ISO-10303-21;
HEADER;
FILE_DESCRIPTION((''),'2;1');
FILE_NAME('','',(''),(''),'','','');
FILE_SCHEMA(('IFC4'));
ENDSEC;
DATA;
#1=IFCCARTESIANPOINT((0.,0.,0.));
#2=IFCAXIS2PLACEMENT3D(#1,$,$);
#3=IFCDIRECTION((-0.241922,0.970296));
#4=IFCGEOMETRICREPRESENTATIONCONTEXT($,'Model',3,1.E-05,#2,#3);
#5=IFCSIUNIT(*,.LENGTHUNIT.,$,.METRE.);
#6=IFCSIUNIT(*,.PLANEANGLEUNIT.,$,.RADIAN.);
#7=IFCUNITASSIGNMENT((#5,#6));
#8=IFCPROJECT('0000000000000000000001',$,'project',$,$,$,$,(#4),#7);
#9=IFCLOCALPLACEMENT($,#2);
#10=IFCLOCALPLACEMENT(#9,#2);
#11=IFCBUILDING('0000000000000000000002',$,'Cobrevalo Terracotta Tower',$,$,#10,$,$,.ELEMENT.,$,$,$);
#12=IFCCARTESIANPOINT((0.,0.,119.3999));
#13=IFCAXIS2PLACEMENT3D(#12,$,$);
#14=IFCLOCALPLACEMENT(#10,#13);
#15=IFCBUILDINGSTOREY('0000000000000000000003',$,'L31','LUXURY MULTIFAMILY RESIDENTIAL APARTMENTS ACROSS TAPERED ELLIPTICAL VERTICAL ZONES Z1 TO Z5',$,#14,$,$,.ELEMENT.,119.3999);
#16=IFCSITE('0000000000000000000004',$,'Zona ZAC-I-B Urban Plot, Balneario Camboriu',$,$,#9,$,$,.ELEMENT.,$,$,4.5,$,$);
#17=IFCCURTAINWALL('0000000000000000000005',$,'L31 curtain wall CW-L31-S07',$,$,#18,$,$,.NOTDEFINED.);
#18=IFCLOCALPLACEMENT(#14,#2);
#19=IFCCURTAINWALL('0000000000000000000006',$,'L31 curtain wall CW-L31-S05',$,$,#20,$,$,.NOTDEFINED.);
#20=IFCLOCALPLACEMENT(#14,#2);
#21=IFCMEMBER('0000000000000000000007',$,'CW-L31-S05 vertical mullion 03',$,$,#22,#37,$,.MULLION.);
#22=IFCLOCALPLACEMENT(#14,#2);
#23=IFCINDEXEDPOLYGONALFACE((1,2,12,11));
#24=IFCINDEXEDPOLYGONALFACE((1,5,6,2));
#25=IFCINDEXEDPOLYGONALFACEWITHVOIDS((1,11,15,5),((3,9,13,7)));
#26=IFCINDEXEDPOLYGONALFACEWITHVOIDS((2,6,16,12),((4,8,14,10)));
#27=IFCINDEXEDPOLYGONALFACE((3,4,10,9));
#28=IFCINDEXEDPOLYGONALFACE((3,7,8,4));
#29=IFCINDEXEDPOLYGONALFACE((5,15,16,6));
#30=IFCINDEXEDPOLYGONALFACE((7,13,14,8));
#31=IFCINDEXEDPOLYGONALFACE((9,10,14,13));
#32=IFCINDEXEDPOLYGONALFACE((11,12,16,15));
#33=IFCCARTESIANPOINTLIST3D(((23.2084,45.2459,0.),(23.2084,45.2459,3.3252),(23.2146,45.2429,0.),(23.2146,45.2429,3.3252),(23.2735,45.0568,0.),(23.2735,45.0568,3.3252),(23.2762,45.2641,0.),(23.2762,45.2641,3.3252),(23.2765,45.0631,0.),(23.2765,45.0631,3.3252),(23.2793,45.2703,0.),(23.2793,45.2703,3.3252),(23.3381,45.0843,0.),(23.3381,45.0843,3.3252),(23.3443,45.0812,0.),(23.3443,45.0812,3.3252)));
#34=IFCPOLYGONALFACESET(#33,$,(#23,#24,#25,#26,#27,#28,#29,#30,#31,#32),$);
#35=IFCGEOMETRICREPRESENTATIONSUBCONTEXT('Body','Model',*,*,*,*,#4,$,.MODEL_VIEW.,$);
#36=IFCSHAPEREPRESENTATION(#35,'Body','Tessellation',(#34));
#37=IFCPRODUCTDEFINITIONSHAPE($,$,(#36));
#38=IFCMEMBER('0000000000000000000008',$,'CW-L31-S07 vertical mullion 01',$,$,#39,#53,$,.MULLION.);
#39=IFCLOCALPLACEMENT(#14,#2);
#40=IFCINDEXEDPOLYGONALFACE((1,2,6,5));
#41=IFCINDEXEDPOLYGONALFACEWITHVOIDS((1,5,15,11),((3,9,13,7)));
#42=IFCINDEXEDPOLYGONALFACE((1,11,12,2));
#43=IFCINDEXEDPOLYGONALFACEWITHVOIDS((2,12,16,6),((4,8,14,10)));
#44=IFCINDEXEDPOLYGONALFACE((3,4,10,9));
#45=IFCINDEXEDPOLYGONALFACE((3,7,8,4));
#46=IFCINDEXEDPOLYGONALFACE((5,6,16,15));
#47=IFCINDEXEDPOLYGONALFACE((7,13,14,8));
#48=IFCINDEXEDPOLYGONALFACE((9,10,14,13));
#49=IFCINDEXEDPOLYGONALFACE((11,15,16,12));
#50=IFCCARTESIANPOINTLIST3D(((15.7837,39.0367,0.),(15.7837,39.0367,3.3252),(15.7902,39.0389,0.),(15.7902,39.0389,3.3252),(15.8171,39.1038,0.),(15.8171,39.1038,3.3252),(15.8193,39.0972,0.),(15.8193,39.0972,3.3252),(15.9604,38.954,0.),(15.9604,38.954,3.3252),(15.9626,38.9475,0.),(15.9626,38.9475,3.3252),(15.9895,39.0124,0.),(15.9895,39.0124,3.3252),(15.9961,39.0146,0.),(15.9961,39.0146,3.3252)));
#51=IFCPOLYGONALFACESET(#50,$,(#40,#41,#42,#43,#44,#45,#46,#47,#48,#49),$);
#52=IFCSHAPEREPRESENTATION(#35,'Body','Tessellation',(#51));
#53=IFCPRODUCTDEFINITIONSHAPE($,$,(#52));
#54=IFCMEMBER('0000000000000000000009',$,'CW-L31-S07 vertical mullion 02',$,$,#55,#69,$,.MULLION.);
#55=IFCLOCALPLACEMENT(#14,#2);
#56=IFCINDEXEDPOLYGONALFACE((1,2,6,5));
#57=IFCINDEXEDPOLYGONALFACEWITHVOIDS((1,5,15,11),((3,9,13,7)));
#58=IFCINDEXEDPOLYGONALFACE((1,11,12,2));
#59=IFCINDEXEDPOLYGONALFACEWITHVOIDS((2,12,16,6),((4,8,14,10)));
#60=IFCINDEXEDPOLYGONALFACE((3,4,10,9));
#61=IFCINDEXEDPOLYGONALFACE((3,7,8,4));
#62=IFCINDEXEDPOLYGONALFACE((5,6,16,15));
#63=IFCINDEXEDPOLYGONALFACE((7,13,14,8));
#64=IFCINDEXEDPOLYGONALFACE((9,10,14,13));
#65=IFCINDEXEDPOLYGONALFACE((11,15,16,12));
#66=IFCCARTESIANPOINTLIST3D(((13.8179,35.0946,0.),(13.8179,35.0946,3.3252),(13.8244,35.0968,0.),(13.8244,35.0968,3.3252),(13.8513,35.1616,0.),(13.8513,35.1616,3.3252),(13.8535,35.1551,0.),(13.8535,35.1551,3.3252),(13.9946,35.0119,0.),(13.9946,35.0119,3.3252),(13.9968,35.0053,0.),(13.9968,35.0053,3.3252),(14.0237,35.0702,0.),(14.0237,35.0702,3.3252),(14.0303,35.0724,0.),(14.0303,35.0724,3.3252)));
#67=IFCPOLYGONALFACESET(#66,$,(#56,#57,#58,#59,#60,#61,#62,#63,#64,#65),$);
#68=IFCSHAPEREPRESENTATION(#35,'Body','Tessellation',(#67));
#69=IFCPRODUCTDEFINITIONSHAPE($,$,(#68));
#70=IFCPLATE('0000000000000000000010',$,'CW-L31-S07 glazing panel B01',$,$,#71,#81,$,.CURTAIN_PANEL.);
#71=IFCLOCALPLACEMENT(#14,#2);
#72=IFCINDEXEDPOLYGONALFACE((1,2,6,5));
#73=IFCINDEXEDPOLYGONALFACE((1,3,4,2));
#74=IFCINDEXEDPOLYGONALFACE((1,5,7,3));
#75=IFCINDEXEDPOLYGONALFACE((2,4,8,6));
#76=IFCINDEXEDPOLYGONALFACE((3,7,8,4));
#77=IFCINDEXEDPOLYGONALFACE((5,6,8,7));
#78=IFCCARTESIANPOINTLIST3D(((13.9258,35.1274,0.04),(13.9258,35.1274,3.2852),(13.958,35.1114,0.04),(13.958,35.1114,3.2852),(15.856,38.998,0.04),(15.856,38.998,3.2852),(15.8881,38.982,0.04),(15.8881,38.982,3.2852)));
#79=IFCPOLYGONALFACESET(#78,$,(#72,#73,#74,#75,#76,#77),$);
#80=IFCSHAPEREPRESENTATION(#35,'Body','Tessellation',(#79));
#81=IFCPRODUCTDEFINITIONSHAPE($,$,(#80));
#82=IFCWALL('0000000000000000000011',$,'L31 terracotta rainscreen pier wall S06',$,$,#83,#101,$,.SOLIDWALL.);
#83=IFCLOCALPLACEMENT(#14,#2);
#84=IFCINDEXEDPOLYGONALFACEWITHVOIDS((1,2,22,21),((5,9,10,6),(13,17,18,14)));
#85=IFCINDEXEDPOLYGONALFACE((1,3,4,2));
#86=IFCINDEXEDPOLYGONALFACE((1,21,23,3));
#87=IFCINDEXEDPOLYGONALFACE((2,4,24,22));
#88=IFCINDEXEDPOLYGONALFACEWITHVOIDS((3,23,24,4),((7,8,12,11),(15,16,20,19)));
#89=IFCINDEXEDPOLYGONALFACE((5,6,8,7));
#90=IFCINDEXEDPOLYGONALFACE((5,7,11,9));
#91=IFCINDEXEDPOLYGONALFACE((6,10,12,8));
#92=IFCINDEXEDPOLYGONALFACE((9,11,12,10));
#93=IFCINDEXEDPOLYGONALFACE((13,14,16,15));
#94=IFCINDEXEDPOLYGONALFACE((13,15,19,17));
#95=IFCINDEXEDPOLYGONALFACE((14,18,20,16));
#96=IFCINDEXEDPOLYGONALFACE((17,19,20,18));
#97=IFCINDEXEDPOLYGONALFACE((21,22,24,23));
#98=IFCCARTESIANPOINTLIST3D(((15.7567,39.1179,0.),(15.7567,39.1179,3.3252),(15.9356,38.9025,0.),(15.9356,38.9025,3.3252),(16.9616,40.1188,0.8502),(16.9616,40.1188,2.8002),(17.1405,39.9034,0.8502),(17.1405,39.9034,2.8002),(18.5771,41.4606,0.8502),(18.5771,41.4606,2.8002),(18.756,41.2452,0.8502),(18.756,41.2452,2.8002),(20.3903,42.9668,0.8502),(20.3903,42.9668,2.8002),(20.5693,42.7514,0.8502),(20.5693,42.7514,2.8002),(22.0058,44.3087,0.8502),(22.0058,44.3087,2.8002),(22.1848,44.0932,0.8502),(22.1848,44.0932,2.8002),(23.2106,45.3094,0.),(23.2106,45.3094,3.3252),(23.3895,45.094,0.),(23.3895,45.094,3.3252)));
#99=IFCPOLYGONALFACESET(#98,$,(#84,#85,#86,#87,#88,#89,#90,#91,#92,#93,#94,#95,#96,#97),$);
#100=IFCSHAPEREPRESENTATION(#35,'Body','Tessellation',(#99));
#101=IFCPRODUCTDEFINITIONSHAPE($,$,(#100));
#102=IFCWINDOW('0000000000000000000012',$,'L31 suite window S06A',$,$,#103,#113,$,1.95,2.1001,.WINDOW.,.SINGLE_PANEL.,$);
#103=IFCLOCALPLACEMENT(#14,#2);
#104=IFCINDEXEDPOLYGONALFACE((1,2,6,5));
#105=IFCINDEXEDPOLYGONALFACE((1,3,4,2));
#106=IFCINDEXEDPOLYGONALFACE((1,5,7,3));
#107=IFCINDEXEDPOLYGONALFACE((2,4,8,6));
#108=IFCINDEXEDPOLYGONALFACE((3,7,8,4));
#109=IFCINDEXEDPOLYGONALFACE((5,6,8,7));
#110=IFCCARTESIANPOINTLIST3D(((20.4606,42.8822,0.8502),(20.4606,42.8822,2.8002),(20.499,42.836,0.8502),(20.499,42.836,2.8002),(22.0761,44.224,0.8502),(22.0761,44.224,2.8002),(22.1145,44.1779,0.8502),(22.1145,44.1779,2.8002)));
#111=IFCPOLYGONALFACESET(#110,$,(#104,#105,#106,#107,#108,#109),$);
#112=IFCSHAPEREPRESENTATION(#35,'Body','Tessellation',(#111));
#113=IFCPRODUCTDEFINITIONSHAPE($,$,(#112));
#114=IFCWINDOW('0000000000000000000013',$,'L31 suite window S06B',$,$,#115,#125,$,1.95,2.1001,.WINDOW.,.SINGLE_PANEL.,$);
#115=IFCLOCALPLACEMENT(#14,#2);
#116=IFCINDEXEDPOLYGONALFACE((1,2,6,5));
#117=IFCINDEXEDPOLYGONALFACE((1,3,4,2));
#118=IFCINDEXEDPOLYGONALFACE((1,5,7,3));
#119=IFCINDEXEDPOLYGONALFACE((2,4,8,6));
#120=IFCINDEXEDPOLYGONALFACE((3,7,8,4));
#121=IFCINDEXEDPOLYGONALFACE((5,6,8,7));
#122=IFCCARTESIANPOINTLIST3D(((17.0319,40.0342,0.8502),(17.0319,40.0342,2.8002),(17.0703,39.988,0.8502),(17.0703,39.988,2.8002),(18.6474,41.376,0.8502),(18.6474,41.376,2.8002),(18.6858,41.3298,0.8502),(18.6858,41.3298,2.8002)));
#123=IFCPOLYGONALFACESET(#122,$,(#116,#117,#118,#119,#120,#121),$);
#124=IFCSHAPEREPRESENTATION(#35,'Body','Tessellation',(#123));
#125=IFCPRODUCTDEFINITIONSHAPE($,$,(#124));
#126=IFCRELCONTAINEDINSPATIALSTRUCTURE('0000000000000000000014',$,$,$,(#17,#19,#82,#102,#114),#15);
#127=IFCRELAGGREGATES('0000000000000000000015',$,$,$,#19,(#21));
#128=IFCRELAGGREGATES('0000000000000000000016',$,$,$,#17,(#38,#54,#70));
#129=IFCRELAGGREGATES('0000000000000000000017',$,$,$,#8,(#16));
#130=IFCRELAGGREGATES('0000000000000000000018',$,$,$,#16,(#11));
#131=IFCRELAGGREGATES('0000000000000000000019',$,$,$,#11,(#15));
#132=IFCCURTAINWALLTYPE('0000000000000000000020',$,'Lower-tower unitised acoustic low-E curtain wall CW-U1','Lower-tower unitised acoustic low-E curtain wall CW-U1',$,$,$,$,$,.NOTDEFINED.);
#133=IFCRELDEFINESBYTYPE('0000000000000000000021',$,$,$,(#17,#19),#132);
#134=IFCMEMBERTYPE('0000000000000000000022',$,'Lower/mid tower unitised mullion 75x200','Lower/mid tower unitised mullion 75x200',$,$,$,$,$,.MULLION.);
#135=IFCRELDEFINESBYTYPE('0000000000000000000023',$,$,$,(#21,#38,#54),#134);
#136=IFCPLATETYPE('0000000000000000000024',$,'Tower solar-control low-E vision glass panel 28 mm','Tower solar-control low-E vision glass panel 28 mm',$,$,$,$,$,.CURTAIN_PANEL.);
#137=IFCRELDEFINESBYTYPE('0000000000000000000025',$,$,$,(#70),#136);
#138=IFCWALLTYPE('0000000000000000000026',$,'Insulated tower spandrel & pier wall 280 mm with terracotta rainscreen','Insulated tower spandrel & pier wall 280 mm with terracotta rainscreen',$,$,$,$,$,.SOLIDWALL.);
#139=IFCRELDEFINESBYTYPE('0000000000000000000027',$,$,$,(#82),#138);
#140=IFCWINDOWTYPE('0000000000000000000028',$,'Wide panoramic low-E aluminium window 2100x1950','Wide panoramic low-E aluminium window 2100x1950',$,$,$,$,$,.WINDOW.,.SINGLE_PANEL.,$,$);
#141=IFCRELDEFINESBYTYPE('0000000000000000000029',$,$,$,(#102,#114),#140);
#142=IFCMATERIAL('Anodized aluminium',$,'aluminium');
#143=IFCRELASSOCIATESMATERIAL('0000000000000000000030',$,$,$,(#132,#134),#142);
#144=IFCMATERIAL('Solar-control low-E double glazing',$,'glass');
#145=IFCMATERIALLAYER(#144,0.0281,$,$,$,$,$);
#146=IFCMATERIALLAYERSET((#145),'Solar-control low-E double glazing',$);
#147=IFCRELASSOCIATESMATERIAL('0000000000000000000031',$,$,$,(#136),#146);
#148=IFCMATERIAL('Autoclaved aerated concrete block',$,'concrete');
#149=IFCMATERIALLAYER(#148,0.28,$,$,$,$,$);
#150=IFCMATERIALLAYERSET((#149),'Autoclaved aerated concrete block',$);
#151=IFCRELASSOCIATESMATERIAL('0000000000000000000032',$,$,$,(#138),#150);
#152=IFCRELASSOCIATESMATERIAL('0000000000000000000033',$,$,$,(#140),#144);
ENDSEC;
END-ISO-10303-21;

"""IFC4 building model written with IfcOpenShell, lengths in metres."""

from ifc_helpers import new_model, si_unit, direction, frame, frame_2d, origin, origin_2d, place, context, subcontext, project, spatial, rectangle, hollow_rectangle, extrude, source, transform, mapped, material, layer, layer_set, material_profile, profile_set, type_object, element, fill, aggregate, save


model = new_model("IFC4")

# Units and contexts
model_context = context("Model", 3, precision=1e-05, world=origin(), true_north=direction((-0.241922, 0.970296)))
body_context = subcontext(model_context, "Body", "Model", "MODEL_VIEW")
ifc_project = project(units=[si_unit("LENGTHUNIT", "METRE"), si_unit("PLANEANGLEUNIT", "RADIAN")], contexts=[model_context])

# Site, building, storey
site_placement = place(None, origin())
site = spatial("IfcSite", under=ifc_project, at=site_placement, Name="Zona ZAC-I-B Urban Plot, Balneario Camboriu", CompositionType="ELEMENT", RefElevation=4.5)
building_placement = place(site_placement, origin())
building = spatial("IfcBuilding", under=site, at=building_placement, Name="Cobrevalo Terracotta Tower", CompositionType="ELEMENT")
storey_placement = place(building_placement, frame((0.0, 0.0, 119.3999)))
storey = spatial("IfcBuildingStorey", under=building, at=storey_placement, Name="L31", Description="LUXURY MULTIFAMILY RESIDENTIAL APARTMENTS ACROSS TAPERED ELLIPTICAL VERTICAL ZONES Z1 TO Z5", CompositionType="ELEMENT", Elevation=119.3999)

# Curtain wall
ifc_material_1 = material(Name="Anodized aluminium", Category="aluminium")
curtain_wall_type = type_object("IfcCurtainWallType", Name="Lower-tower unitised acoustic low-E curtain wall CW-U1", Description="Lower-tower unitised acoustic low-E curtain wall CW-U1", PredefinedType="NOTDEFINED", material=ifc_material_1)
curtain_wall_1_placement = place(storey_placement, origin())
curtain_wall_1 = element("IfcCurtainWall", 1, at=curtain_wall_1_placement, inside=storey, type_object=curtain_wall_type, Name="L31 curtain wall CW-L31-S07", PredefinedType="NOTDEFINED")

# Curtain wall, member
curtain_wall_2_placement = place(storey_placement, origin())
curtain_wall_2 = element("IfcCurtainWall", 2, at=curtain_wall_2_placement, inside=storey, type_object=curtain_wall_type, Name="L31 curtain wall CW-L31-S05", PredefinedType="NOTDEFINED")
ifc_material_profile_1 = material_profile(ifc_material_1, hollow_rectangle(XDim=0.075, YDim=0.2, WallThickness=0.0049, at=origin_2d()), Name="CWM 75x200")
ifc_profile_set_1 = profile_set([ifc_material_profile_1], Name="Anodized aluminium")
member_type_1 = type_object("IfcMemberType", Name="Lower/mid tower unitised mullion 75x200", Description="Lower/mid tower unitised mullion 75x200", PredefinedType="MULLION", material=ifc_profile_set_1)
shared_shape_1 = source(origin(), body_context, "Body", "SweptSolid", [
    extrude(hollow_rectangle(XDim=0.075, YDim=0.2, WallThickness=0.0049, at=origin_2d()), origin(), (0.0, 0.0, 1.0), 3.3252),
])
member_1_placement = place(storey_placement, frame((23.2764, 45.1636, 0.0), z_axis=(0.0, 0.0, 1.0), x_axis=(-0.945598, -0.325337, 0.0)))
member_1 = element("IfcMember", 3, at=member_1_placement, type_object=member_type_1, Name="CW-L31-S05 vertical mullion 03", PredefinedType="MULLION", context=body_context, shape_type="MappedRepresentation", body=[
    mapped(shared_shape_1, transform((0.0, 0.0, 0.0), scale=1.0)),
])
aggregate(curtain_wall_2, [member_1])

# Members
member_2_placement = place(storey_placement, frame((15.8899, 39.0256, 0.0), z_axis=(0.0, 0.0, 1.0), x_axis=(-0.44626, -0.894903, 0.0)))
member_2 = element("IfcMember", 4, at=member_2_placement, type_object=member_type_1, Name="CW-L31-S07 vertical mullion 01", PredefinedType="MULLION", context=body_context, shape_type="MappedRepresentation", body=[
    mapped(shared_shape_1, transform((0.0, 0.0, 0.0), scale=1.0)),
])
member_3_placement = place(storey_placement, frame((13.9241, 35.0835, 0.0), z_axis=(0.0, 0.0, 1.0), x_axis=(-0.44626, -0.894903, 0.0)))
member_3 = element("IfcMember", 5, at=member_3_placement, type_object=member_type_1, Name="CW-L31-S07 vertical mullion 02", PredefinedType="MULLION", context=body_context, shape_type="MappedRepresentation", body=[
    mapped(shared_shape_1, transform((0.0, 0.0, 0.0), scale=1.0)),
])

# Plate
ifc_material_2 = material(Name="Solar-control low-E double glazing", Category="glass")
ifc_layer_1 = layer(ifc_material_2, 0.0281)
ifc_layer_set_1 = layer_set([ifc_layer_1], Name="Solar-control low-E double glazing")
plate_type = type_object("IfcPlateType", Name="Tower solar-control low-E vision glass panel 28 mm", Description="Tower solar-control low-E vision glass panel 28 mm", PredefinedType="CURTAIN_PANEL", material=ifc_layer_set_1)
shared_shape_2 = source(origin(), body_context, "Body", "SweptSolid", [
    extrude(rectangle(XDim=4.3252, YDim=0.0359, at=origin_2d()), origin(), (0.0, 0.0, 1.0), 3.2451),
])
plate_placement = place(storey_placement, frame((14.907, 37.0547, 0.04), z_axis=(0.0, 0.0, 1.0), x_axis=(-0.446262, -0.894902, 0.0)))
plate = element("IfcPlate", 6, at=plate_placement, type_object=plate_type, Name="CW-L31-S07 glazing panel B01", PredefinedType="CURTAIN_PANEL", context=body_context, shape_type="MappedRepresentation", body=[
    mapped(shared_shape_2, transform((0.0, 0.0, 0.0), scale=1.0)),
])
aggregate(curtain_wall_1, [member_2, member_3, plate])

# Wall, openings, windows
ifc_material_3 = material(Name="Autoclaved aerated concrete block", Category="concrete")
ifc_layer_2 = layer(ifc_material_3, 0.28)
ifc_layer_set_2 = layer_set([ifc_layer_2], Name="Autoclaved aerated concrete block")
wall_type_1 = type_object("IfcWallType", Name="Insulated tower spandrel & pier wall 280 mm with terracotta rainscreen", Description="Insulated tower spandrel & pier wall 280 mm with terracotta rainscreen", PredefinedType="SOLIDWALL", material=ifc_layer_set_2)
wall_1_placement = place(storey_placement, frame((23.3, 45.2017, 0.0), z_axis=(0.0, 0.0, 1.0), x_axis=(-0.769243, -0.638957, 0.0)))
wall_1 = element("IfcWall", 7, at=wall_1_placement, inside=storey, type_object=wall_type_1, Name="L31 terracotta rainscreen pier wall S06", PredefinedType="SOLIDWALL", context=body_context, shape_type="SweptSolid", body=[
    extrude(rectangle(XDim=9.6899, YDim=0.28, at=frame_2d((4.845, 0.0))), origin(), (0.0, 0.0, 1.0), 3.3252),
])
opening_1_placement = place(wall_1_placement, frame((1.5662, 0.0, 0.8501)))
opening_1 = element("IfcOpeningElement", 8, at=opening_1_placement, cuts=wall_1, PredefinedType="OPENING", context=body_context, shape_type="SweptSolid", body=[
    extrude(rectangle(XDim=2.1001, YDim=1.95, at=frame_2d((1.05, 0.9751))), frame((0.0, 0.1499, 0.0), z_axis=(0.0, -1.0, 0.0), x_axis=(1.0, 0.0, 0.0)), (0.0, 0.0, 1.0), 0.3),
])
opening_2_placement = place(wall_1_placement, frame((6.0234, 0.0, 0.8501)))
opening_2 = element("IfcOpeningElement", 9, at=opening_2_placement, cuts=wall_1, PredefinedType="OPENING", context=body_context, shape_type="SweptSolid", body=[
    extrude(rectangle(XDim=2.1001, YDim=1.95, at=frame_2d((1.05, 0.9751))), frame((0.0, 0.1499, 0.0), z_axis=(0.0, -1.0, 0.0), x_axis=(1.0, 0.0, 0.0)), (0.0, 0.0, 1.0), 0.3),
])
window_type = type_object("IfcWindowType", Name="Wide panoramic low-E aluminium window 2100x1950", Description="Wide panoramic low-E aluminium window 2100x1950", PartitioningType="SINGLE_PANEL", PredefinedType="WINDOW", material=ifc_material_2)
shared_shape_3 = source(origin(), body_context, "Body", "SweptSolid", [
    extrude(rectangle(XDim=2.1001, YDim=1.95, at=frame_2d((1.05, 0.9751))), frame((0.0, 0.03, 0.0), z_axis=(0.0, -1.0, 0.0), x_axis=(1.0, 0.0, 0.0)), (0.0, 0.0, 1.0), 0.0601),
])
window_1_placement = place(opening_1_placement, origin())
window_1 = element("IfcWindow", 10, at=window_1_placement, inside=storey, type_object=window_type, Name="L31 suite window S06A", OverallHeight=1.95, OverallWidth=2.1001, PartitioningType="SINGLE_PANEL", PredefinedType="WINDOW", context=body_context, shape_type="MappedRepresentation", body=[
    mapped(shared_shape_3, transform((0.0, 0.0, 0.0), scale=1.0)),
])
fill(opening_1, window_1)
window_2_placement = place(opening_2_placement, origin())
window_2 = element("IfcWindow", 11, at=window_2_placement, inside=storey, type_object=window_type, Name="L31 suite window S06B", OverallHeight=1.95, OverallWidth=2.1001, PartitioningType="SINGLE_PANEL", PredefinedType="WINDOW", context=body_context, shape_type="MappedRepresentation", body=[
    mapped(shared_shape_3, transform((0.0, 0.0, 0.0), scale=1.0)),
])
fill(opening_2, window_2)

save(model, "model.ifc")
